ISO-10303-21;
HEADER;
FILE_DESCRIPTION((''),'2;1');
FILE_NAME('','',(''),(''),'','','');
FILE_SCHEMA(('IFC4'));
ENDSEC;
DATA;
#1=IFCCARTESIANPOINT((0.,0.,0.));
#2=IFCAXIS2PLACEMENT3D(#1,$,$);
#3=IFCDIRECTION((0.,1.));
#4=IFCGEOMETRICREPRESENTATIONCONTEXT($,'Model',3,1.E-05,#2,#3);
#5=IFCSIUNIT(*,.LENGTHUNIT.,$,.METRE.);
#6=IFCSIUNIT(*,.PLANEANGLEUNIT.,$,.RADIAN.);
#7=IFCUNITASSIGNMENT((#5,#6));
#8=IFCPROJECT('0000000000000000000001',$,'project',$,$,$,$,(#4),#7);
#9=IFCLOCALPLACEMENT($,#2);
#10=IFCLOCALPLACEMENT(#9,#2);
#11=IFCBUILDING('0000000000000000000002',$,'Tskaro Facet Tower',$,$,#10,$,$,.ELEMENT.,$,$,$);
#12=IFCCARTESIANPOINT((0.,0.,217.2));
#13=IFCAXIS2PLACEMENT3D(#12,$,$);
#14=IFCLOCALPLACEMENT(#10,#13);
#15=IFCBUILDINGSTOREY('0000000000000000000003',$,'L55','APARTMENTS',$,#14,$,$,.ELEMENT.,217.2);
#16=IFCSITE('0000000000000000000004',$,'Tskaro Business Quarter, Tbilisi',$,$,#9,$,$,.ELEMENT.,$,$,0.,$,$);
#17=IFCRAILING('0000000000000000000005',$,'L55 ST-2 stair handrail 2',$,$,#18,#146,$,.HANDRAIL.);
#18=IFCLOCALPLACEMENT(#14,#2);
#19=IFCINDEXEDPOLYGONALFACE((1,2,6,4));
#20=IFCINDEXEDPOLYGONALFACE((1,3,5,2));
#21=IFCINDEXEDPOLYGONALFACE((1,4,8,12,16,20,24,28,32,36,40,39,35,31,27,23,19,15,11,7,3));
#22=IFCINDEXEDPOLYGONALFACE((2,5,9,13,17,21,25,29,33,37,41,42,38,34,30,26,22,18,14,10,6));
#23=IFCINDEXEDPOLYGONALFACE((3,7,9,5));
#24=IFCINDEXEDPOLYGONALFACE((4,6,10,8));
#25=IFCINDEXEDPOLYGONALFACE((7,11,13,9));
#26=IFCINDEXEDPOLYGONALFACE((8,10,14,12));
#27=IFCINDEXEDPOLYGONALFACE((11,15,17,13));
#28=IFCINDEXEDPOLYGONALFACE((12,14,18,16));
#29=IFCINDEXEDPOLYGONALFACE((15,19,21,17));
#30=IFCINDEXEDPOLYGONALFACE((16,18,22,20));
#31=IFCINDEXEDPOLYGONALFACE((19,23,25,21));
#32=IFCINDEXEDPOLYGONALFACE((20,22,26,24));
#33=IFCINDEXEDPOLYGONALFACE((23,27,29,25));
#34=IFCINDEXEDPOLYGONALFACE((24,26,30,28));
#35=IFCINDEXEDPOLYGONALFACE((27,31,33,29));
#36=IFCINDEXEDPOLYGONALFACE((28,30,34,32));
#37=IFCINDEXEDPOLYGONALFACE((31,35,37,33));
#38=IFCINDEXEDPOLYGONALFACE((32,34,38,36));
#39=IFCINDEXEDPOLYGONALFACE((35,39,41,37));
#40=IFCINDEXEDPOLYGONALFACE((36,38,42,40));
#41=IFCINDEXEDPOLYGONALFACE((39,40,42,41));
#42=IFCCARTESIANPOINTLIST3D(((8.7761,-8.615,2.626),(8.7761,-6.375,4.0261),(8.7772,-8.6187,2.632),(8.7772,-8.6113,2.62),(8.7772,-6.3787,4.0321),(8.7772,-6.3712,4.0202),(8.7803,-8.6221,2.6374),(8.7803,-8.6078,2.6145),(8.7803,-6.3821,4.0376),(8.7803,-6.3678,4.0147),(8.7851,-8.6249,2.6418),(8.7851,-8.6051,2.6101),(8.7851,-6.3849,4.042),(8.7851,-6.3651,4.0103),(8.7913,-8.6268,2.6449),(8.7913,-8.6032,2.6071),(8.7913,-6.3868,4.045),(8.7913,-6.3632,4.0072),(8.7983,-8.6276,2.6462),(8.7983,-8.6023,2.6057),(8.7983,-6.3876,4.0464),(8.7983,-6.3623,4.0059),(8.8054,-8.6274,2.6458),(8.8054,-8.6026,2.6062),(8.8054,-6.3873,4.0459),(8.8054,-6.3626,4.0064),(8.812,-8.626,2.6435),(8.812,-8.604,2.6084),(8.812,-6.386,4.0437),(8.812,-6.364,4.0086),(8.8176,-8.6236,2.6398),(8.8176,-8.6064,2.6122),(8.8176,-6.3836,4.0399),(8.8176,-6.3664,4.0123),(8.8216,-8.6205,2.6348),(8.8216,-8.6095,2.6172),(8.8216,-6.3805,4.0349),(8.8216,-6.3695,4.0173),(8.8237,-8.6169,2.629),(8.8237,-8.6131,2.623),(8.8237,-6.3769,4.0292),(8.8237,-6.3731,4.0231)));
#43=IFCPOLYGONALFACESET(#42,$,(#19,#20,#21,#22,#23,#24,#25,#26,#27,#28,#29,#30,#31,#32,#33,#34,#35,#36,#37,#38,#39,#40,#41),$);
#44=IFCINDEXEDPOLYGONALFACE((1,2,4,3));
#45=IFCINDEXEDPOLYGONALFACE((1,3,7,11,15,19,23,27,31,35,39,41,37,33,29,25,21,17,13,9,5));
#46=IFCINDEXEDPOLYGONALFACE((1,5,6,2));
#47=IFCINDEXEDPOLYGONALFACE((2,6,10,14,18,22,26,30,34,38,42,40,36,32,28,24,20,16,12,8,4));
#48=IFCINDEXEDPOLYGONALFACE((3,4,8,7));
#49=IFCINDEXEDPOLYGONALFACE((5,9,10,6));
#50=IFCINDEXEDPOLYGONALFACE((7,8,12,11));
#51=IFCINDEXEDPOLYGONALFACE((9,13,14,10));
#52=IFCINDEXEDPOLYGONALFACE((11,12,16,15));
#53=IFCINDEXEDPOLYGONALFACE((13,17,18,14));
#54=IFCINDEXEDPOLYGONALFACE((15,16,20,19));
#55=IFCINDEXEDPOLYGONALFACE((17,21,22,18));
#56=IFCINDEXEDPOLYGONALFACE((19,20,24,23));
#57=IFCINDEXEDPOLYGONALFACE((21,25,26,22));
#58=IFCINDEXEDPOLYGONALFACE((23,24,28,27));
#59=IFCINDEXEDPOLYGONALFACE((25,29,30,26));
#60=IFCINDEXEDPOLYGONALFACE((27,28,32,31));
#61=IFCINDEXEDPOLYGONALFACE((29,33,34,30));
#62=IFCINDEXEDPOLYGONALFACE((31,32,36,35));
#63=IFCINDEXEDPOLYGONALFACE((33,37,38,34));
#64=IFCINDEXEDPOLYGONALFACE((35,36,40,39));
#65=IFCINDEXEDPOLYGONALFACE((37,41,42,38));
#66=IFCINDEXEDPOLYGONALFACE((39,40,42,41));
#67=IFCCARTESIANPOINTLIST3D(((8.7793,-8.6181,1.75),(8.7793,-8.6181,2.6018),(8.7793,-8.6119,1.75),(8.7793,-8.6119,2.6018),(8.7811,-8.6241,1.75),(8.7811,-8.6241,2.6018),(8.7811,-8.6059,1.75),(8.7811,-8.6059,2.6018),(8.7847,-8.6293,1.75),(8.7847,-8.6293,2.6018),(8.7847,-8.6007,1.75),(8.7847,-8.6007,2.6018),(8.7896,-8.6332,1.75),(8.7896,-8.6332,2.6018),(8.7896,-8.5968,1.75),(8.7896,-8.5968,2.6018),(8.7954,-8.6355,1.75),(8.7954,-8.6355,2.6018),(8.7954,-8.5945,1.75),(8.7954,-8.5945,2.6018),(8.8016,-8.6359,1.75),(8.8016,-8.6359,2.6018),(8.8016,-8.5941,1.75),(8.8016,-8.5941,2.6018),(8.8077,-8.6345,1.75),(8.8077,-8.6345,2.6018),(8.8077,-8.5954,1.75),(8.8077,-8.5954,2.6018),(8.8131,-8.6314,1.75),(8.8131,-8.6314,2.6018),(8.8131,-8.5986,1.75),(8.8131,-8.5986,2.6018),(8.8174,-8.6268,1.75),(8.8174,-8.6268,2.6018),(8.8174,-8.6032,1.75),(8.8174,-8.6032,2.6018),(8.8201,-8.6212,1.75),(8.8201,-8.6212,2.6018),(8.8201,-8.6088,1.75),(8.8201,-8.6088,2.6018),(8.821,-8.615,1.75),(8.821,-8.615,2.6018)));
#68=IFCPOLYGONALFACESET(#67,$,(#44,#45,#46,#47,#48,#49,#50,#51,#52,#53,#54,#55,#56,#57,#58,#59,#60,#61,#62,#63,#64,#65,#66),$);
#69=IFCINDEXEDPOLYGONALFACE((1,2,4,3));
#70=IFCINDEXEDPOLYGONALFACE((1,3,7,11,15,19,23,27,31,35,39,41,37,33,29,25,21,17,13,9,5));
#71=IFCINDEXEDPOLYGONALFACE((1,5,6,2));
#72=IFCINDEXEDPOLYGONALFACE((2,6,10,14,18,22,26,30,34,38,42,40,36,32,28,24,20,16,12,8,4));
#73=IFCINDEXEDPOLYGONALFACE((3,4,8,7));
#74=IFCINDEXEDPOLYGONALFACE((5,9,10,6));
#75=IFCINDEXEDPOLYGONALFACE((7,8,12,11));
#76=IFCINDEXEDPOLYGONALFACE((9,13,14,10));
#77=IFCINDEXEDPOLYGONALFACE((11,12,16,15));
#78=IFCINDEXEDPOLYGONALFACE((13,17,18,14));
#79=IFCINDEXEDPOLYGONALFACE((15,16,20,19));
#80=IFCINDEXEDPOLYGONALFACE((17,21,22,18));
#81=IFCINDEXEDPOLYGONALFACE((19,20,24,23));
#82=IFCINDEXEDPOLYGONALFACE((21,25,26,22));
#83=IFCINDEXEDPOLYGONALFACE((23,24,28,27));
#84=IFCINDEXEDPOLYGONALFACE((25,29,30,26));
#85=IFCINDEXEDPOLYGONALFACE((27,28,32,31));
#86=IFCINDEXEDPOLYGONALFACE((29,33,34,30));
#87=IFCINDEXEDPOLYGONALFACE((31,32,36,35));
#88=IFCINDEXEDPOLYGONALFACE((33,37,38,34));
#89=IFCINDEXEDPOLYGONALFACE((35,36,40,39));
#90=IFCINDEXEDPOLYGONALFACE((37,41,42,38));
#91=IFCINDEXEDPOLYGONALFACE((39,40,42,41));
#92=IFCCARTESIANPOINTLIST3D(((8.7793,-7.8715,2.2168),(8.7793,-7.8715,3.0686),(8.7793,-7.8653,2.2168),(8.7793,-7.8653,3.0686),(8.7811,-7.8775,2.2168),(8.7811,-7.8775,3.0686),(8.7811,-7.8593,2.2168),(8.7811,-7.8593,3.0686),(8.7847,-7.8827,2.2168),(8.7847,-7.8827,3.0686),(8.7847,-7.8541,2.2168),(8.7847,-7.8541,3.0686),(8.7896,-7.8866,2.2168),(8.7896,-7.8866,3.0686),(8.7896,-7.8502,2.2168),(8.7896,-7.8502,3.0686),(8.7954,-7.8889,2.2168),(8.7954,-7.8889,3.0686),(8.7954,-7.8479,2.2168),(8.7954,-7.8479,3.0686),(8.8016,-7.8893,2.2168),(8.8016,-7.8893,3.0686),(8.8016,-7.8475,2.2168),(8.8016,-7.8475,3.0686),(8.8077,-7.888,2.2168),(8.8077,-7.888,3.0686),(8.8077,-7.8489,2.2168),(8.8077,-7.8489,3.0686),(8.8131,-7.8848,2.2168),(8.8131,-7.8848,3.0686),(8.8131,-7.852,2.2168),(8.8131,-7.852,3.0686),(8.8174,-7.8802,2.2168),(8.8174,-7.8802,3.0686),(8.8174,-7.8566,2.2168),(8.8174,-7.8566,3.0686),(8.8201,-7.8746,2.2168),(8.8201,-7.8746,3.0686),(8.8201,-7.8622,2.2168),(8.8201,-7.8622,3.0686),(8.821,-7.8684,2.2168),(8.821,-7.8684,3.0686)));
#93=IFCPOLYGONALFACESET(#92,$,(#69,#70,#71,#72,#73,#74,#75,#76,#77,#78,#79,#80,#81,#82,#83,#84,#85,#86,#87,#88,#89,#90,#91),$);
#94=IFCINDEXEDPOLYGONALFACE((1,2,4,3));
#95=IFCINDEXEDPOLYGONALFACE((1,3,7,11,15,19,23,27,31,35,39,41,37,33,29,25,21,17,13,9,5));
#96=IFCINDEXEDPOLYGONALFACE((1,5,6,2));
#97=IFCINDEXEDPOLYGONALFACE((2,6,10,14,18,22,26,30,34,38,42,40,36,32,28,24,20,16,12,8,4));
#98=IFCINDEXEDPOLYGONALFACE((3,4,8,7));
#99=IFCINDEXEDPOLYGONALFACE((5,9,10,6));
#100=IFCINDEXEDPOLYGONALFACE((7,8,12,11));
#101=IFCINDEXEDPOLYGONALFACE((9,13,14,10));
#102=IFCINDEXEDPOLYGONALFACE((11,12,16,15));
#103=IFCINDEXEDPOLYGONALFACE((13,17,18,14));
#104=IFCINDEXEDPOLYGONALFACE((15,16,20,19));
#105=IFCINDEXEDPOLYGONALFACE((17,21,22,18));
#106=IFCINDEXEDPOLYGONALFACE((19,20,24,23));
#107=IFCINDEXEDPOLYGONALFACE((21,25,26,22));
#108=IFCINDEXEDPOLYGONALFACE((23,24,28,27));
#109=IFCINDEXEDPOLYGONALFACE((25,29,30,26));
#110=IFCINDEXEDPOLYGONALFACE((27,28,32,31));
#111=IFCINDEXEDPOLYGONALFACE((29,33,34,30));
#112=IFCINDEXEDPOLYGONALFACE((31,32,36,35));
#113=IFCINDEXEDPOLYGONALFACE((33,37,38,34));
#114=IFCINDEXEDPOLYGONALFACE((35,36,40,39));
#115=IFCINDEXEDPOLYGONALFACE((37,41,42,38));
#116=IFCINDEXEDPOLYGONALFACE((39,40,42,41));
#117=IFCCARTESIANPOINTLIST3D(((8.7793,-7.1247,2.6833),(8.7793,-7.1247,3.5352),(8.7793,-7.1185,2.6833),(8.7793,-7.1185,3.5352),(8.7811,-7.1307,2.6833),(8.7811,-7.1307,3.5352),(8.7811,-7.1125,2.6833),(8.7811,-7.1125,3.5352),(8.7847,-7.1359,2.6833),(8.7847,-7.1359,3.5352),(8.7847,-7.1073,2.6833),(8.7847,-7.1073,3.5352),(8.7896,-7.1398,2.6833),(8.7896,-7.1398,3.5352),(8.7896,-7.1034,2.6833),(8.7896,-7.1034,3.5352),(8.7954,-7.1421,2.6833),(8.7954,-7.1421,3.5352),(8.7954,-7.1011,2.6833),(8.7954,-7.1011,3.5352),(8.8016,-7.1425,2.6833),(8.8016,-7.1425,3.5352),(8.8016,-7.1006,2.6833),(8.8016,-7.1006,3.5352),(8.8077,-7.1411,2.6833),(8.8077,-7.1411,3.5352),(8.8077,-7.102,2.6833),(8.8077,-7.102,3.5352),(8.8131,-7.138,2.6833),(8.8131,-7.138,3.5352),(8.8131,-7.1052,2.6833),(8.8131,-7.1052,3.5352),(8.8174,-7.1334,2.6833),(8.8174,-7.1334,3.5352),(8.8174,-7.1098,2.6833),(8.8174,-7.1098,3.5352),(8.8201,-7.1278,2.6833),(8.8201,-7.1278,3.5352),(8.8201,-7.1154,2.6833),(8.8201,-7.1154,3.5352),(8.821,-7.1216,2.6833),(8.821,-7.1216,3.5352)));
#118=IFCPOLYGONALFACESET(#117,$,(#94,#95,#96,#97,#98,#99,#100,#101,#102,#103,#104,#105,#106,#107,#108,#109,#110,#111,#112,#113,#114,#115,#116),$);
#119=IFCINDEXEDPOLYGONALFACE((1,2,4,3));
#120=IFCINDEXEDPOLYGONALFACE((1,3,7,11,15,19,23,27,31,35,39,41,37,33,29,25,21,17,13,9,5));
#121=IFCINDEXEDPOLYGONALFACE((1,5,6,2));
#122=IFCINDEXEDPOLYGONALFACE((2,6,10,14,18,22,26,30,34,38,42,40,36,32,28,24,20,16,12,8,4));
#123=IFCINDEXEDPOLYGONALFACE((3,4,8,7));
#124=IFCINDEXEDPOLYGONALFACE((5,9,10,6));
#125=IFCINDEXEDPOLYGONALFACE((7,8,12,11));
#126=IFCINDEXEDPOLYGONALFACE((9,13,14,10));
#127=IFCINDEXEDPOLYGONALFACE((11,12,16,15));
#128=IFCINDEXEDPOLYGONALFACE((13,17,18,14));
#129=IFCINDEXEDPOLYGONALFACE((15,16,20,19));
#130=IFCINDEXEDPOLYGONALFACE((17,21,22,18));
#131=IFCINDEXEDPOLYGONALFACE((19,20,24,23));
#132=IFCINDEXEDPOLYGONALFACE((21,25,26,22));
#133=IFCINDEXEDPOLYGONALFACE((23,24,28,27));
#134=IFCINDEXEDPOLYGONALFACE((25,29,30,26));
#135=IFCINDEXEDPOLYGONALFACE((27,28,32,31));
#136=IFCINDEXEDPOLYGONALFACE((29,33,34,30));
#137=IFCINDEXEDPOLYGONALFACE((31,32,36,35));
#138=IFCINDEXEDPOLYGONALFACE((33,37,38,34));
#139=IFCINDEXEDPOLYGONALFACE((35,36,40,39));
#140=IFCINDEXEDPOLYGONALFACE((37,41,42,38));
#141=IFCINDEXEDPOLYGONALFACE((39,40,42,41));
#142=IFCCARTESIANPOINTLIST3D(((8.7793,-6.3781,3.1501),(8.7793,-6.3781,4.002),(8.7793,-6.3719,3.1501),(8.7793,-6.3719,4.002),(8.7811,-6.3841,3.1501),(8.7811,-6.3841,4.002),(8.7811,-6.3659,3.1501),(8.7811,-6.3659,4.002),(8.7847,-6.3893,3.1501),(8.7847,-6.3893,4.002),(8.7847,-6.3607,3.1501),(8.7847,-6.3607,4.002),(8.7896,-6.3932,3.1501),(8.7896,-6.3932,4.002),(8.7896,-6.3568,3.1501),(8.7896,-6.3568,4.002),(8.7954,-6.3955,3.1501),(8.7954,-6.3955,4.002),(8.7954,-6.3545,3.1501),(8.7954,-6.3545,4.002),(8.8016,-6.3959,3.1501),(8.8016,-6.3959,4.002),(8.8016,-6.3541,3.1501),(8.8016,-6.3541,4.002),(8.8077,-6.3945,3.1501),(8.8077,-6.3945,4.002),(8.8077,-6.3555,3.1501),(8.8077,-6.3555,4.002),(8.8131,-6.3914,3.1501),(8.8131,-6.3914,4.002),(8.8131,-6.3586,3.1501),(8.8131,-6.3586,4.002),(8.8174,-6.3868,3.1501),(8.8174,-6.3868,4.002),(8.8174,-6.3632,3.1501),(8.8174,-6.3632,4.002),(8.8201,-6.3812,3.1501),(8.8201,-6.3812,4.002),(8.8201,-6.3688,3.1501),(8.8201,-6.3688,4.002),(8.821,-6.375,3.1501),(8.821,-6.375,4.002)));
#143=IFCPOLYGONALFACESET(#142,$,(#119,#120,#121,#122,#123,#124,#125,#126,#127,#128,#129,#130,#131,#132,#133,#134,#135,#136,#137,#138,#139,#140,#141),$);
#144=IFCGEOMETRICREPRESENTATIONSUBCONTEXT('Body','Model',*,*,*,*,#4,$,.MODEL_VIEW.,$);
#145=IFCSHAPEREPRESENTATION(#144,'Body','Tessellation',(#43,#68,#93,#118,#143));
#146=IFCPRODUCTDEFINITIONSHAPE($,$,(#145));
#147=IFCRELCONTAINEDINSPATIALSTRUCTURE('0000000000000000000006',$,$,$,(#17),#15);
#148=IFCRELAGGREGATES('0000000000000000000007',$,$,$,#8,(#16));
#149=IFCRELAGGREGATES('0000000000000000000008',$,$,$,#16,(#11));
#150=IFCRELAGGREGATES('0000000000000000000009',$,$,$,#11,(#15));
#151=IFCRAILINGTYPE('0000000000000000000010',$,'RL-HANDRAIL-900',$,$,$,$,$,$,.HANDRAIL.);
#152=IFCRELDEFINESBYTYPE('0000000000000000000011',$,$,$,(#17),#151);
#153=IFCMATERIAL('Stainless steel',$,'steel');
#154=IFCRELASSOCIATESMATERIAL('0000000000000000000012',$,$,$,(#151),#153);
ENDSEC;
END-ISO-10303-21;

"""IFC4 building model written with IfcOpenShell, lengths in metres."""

from ifc_helpers import new_model, si_unit, direction, frame, origin, origin_2d, place, context, subcontext, project, spatial, circle, extrude, material, type_object, element, save


model = new_model("IFC4")

# Units and contexts
model_context = context("Model", 3, precision=1e-05, world=origin(), true_north=direction((0.0, 1.0)))
body_context = subcontext(model_context, "Body", "Model", "MODEL_VIEW")
ifc_project = project(units=[si_unit("LENGTHUNIT", "METRE"), si_unit("PLANEANGLEUNIT", "RADIAN")], contexts=[model_context])

# Site, building, storey
site_placement = place(None, origin())
site = spatial("IfcSite", under=ifc_project, at=site_placement, Name="Tskaro Business Quarter, Tbilisi", CompositionType="ELEMENT", RefElevation=0.0)
building_placement = place(site_placement, origin())
building = spatial("IfcBuilding", under=site, at=building_placement, Name="Tskaro Facet Tower", CompositionType="ELEMENT")
storey_placement = place(building_placement, frame((0.0, 0.0, 217.2)))
storey = spatial("IfcBuildingStorey", under=building, at=storey_placement, Name="L55", Description="APARTMENTS", CompositionType="ELEMENT", Elevation=217.2)

# Railing
ifc_material_1 = material(Name="Stainless steel", Category="steel")
railing_type_1 = type_object("IfcRailingType", Name="RL-HANDRAIL-900", PredefinedType="HANDRAIL", material=ifc_material_1)
railing_1_placement = place(storey_placement, frame((8.8, -8.615, 1.75)))
element("IfcRailing", 1, at=railing_1_placement, inside=storey, type_object=railing_type_1, Name="L55 ST-2 stair handrail 2", PredefinedType="HANDRAIL", context=body_context, shape_type="SweptSolid", body=[
    extrude(circle(Radius=0.0239, at=origin_2d()), frame((0.0, 0.0, 0.876), z_axis=(0.0, 0.847972, 0.53004), x_axis=(-1.0, 0.0, 0.0)), (0.0, 0.0, 1.0), 2.6416),
    extrude(circle(Radius=0.021, at=origin_2d()), origin(), (0.0, 0.0, 1.0), 0.8518),
    extrude(circle(Radius=0.021, at=origin_2d()), frame((0.0, 0.7466, 0.4668)), (0.0, 0.0, 1.0), 0.8518),
    extrude(circle(Radius=0.021, at=origin_2d()), frame((0.0, 1.4934, 0.9333)), (0.0, 0.0, 1.0), 0.8518),
    extrude(circle(Radius=0.021, at=origin_2d()), frame((0.0, 2.24, 1.4001)), (0.0, 0.0, 1.0), 0.8518),
])

save(model, "model.ifc")
